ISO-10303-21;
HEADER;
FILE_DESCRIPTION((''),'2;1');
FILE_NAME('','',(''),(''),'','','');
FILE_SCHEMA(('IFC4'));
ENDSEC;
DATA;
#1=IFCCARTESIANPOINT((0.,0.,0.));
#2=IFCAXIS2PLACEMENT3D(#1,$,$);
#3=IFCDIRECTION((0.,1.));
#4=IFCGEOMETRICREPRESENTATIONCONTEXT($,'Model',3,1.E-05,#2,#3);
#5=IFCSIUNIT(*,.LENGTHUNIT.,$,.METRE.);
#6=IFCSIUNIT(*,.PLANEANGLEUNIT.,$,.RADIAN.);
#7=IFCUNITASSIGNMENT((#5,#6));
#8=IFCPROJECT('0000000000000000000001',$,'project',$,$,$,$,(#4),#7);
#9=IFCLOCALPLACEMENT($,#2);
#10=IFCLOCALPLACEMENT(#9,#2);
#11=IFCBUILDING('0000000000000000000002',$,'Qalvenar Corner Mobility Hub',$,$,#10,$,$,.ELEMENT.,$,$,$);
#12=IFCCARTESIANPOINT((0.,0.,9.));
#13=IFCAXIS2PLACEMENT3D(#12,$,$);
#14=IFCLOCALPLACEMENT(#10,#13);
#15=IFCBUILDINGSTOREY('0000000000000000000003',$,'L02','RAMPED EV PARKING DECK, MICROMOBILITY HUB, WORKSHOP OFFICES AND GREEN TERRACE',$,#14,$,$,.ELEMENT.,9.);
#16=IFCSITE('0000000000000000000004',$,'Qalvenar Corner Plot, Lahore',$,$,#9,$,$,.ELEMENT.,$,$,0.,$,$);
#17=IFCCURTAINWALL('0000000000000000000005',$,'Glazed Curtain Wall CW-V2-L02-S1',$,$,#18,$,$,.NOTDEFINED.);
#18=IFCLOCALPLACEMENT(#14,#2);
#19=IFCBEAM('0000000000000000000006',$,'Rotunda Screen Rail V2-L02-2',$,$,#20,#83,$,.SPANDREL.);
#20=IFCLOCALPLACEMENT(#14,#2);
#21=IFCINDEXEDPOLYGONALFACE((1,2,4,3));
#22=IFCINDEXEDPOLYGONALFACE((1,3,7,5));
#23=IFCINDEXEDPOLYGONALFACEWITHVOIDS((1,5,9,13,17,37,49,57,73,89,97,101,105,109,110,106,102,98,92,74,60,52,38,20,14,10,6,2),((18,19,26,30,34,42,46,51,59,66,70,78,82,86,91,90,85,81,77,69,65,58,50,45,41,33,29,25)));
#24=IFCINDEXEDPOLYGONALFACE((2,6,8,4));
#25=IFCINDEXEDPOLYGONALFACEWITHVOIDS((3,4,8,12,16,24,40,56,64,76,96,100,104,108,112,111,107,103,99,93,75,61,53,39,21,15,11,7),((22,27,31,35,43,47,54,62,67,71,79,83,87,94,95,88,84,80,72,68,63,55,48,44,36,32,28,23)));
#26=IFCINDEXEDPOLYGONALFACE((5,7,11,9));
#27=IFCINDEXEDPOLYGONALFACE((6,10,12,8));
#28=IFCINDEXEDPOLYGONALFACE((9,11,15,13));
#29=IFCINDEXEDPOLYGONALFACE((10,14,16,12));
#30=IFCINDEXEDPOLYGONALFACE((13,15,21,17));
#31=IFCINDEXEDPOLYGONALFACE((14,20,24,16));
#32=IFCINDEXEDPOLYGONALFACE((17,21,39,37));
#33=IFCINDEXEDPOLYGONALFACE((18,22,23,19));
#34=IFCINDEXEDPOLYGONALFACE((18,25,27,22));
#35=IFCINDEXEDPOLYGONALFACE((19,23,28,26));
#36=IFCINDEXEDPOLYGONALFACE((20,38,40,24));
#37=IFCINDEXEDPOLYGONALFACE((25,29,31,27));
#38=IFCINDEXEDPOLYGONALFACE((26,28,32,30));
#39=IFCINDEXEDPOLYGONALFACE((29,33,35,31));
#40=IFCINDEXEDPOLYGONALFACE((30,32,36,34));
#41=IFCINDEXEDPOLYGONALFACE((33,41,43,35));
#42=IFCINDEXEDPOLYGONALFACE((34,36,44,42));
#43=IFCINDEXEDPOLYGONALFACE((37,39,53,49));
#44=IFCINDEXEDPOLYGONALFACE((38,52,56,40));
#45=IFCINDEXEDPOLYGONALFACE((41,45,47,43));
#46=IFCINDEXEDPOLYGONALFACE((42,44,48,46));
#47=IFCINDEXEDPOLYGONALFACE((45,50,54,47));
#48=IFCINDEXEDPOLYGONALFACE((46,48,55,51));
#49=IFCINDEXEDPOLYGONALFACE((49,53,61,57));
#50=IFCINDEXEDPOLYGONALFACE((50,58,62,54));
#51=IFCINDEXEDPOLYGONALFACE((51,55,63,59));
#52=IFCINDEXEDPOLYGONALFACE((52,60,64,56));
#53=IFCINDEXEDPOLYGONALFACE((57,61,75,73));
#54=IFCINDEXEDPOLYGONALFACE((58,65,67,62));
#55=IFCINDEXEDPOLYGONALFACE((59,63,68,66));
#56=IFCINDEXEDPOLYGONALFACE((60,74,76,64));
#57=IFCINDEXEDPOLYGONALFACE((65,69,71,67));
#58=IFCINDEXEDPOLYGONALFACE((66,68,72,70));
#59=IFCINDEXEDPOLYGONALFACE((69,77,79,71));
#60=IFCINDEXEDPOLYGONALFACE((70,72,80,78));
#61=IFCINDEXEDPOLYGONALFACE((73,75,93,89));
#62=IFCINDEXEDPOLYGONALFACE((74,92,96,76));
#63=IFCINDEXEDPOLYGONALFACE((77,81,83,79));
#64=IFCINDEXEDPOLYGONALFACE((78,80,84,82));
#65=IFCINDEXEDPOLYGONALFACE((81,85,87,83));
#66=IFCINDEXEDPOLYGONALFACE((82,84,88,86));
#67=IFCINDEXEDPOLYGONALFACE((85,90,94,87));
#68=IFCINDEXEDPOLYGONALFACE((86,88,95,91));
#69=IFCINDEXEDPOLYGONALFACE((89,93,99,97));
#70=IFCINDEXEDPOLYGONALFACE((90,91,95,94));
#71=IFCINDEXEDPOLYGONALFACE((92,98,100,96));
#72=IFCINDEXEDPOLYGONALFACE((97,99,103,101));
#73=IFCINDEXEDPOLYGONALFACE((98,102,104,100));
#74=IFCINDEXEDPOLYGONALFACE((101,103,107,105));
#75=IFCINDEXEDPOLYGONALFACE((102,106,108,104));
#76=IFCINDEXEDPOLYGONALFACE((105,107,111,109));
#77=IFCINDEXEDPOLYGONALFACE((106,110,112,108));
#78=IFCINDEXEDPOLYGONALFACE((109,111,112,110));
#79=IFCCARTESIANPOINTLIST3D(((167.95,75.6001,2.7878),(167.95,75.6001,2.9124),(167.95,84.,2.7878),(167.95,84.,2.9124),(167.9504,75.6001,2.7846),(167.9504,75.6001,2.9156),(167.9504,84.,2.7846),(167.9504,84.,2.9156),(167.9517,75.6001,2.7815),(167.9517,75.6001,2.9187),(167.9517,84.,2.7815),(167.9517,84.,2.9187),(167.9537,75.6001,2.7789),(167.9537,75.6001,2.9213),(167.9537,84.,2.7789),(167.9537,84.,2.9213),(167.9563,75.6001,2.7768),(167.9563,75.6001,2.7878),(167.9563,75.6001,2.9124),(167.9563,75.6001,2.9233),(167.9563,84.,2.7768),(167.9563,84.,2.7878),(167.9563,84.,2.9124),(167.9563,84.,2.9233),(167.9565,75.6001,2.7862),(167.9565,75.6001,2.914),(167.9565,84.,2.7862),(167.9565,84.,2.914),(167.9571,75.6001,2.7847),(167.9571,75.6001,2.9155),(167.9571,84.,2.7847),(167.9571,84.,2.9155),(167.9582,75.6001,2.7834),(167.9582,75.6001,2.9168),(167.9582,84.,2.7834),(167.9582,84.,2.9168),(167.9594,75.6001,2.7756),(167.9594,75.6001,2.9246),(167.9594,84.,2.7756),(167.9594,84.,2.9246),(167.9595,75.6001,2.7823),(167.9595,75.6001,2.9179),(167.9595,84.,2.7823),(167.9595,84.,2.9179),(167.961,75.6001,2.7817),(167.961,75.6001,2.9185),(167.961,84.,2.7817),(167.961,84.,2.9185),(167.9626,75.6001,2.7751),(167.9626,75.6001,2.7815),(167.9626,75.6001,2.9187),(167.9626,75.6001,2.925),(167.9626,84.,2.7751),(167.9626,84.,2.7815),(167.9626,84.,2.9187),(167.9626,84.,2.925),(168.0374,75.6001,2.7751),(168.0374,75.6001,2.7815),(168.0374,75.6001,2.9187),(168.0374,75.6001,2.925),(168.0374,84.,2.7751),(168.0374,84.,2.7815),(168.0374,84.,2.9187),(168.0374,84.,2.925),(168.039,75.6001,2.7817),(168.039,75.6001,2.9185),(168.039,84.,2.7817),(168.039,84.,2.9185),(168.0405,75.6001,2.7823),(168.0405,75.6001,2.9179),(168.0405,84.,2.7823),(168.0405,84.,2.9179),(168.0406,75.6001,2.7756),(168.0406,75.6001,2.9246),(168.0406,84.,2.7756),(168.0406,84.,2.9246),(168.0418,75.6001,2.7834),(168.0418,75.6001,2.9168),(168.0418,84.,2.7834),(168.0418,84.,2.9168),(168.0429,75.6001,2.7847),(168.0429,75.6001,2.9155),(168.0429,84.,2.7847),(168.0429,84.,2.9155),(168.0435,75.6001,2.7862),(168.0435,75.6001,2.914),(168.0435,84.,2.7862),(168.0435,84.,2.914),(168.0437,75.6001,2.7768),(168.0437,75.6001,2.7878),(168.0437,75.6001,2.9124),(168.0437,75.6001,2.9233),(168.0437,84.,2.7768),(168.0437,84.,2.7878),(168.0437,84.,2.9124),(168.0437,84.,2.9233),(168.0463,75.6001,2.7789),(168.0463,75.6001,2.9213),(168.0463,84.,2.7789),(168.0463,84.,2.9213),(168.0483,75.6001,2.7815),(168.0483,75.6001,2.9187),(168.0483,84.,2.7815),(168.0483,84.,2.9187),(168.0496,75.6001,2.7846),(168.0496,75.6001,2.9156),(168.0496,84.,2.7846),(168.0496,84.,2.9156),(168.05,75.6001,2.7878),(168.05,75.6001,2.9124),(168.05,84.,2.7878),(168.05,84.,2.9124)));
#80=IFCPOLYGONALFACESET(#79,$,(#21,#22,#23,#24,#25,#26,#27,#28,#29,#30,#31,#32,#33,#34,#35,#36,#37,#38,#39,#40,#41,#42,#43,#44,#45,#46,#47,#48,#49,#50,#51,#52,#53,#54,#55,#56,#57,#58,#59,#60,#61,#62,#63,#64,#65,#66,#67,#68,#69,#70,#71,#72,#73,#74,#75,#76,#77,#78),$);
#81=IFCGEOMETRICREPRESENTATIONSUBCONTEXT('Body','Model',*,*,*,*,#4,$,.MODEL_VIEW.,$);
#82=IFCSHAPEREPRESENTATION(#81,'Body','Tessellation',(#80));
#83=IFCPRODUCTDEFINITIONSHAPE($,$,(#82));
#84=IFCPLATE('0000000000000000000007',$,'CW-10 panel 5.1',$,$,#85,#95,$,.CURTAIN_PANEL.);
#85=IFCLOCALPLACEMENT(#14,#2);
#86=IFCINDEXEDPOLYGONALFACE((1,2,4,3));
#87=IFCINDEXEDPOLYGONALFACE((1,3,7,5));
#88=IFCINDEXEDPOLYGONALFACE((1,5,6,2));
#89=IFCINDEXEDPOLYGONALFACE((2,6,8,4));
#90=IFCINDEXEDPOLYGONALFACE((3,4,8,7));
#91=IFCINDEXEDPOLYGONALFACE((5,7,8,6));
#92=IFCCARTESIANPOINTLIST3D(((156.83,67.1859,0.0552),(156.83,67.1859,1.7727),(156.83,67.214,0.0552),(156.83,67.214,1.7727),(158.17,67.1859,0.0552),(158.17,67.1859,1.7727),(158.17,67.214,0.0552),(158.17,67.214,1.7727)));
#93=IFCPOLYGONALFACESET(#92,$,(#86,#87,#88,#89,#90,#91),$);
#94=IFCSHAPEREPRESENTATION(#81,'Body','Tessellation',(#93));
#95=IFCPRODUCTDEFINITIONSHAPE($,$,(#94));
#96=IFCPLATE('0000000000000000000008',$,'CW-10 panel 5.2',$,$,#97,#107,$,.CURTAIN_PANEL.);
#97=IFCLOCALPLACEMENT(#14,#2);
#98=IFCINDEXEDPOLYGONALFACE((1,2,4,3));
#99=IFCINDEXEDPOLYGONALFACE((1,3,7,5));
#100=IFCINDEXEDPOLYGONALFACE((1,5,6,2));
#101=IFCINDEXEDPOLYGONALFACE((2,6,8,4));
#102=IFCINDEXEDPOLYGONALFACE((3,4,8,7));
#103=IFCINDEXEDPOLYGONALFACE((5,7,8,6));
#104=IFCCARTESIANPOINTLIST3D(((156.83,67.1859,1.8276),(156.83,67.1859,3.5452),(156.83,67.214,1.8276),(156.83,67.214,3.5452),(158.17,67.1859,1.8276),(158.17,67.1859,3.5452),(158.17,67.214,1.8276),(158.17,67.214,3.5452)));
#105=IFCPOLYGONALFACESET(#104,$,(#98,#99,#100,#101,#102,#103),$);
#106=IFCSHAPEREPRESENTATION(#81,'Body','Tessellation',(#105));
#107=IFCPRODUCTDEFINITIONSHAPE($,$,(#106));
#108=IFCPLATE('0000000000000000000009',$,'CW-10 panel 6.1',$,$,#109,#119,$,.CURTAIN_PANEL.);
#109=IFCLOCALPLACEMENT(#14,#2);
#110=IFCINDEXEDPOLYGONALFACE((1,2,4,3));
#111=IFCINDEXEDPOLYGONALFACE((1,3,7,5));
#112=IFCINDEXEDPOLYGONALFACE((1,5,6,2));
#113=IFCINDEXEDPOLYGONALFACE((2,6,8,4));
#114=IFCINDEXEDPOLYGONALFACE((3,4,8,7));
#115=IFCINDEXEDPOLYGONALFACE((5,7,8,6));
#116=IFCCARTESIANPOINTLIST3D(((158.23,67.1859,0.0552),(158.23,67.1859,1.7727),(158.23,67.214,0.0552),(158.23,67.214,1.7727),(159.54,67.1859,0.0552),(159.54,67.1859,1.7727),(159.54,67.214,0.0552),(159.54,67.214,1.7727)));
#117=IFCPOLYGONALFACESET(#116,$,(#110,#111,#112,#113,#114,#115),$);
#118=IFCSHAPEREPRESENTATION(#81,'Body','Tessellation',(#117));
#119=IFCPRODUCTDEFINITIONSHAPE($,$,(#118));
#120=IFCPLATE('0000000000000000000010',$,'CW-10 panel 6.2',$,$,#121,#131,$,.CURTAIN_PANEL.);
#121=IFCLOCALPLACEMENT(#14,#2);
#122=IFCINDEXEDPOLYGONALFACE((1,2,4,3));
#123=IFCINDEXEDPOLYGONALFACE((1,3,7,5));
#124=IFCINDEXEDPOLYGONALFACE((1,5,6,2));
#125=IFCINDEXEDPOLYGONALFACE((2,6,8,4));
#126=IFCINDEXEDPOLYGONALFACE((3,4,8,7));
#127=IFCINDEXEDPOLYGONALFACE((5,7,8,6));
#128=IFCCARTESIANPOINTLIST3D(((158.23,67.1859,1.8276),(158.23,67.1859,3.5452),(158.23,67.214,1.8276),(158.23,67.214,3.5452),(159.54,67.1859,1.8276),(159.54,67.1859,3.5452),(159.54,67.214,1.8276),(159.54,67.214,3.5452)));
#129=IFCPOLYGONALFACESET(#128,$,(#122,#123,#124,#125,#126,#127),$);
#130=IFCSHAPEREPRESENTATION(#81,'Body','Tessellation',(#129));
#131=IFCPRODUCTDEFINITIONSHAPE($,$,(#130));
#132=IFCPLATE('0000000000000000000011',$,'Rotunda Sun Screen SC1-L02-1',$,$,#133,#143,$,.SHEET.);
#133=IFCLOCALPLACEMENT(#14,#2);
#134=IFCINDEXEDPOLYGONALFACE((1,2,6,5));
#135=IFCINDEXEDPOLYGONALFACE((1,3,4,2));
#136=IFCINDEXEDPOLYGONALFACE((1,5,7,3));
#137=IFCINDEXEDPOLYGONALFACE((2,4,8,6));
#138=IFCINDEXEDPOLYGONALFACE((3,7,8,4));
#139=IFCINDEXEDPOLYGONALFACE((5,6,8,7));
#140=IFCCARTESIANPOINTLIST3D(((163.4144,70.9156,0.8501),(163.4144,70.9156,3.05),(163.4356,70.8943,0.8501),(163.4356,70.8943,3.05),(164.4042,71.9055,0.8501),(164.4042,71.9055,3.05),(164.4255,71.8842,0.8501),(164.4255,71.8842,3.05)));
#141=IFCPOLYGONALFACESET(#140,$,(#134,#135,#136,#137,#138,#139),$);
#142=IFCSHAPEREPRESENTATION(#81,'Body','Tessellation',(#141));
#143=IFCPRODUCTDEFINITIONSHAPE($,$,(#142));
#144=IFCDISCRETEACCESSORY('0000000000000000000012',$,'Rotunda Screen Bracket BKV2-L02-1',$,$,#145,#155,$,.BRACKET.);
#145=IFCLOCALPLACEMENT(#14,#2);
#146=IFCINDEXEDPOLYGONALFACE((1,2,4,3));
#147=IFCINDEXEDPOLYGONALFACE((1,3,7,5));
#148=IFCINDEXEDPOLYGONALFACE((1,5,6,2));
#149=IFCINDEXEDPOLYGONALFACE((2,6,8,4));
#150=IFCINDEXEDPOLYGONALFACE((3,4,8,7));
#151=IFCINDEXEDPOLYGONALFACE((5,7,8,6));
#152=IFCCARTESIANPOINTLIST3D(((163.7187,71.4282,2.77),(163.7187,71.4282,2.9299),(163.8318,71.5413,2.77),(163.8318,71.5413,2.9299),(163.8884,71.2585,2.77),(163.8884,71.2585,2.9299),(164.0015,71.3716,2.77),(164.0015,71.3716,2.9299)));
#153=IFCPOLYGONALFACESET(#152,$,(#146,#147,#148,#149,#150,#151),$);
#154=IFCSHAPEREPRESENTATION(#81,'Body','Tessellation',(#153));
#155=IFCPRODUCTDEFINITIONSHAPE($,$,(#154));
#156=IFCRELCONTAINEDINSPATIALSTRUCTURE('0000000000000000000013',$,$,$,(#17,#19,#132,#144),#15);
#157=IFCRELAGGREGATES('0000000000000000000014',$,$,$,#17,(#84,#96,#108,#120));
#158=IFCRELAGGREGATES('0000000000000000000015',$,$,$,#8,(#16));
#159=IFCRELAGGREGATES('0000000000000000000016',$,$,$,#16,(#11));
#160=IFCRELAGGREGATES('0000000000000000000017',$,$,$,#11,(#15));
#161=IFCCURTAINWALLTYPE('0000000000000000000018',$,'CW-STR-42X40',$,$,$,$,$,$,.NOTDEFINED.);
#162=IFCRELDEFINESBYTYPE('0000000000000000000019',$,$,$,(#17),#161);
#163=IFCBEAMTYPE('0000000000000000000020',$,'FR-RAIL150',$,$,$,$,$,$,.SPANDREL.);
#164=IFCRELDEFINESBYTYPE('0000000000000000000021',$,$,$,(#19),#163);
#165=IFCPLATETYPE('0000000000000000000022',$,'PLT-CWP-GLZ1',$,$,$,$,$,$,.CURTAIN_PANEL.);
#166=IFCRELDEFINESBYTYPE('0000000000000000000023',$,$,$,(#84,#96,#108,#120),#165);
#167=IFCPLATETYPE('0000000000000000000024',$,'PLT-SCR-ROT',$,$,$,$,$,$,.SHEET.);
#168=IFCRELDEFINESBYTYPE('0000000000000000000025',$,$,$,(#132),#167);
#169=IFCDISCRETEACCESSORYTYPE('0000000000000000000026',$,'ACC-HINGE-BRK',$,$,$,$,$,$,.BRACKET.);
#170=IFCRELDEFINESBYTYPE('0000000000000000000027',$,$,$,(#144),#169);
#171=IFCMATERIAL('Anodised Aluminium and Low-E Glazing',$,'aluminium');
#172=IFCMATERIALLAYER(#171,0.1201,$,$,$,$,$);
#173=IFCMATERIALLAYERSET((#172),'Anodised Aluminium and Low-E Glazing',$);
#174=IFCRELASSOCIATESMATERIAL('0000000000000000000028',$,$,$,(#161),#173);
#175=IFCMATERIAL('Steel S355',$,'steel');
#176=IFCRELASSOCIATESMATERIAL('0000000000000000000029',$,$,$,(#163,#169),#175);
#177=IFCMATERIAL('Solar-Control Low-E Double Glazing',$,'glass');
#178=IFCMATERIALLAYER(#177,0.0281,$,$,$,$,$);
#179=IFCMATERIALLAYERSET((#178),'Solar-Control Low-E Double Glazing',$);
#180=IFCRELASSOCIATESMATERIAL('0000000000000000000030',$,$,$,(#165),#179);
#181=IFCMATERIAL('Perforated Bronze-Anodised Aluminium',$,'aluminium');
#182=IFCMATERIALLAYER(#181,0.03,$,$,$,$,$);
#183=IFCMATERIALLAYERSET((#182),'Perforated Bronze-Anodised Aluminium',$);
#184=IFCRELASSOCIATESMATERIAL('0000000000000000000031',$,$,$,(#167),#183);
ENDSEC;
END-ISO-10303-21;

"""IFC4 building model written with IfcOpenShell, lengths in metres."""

from ifc_helpers import new_model, si_unit, direction, frame, origin, origin_2d, place, context, subcontext, project, spatial, rectangle, hollow_rectangle, extrude, material, layer, layer_set, material_profile, profile_set, type_object, element, aggregate, save


model = new_model("IFC4")

# Units and contexts
model_context = context("Model", 3, precision=1e-05, world=origin(), true_north=direction((0.0, 1.0)))
body_context = subcontext(model_context, "Body", "Model", "MODEL_VIEW")
ifc_project = project(units=[si_unit("LENGTHUNIT", "METRE"), si_unit("PLANEANGLEUNIT", "RADIAN")], contexts=[model_context])

# Site, building, storey
site_placement = place(None, origin())
site = spatial("IfcSite", under=ifc_project, at=site_placement, Name="Qalvenar Corner Plot, Lahore", CompositionType="ELEMENT", RefElevation=0.0)
building_placement = place(site_placement, origin())
building = spatial("IfcBuilding", under=site, at=building_placement, Name="Qalvenar Corner Mobility Hub", CompositionType="ELEMENT")
storey_placement = place(building_placement, frame((0.0, 0.0, 9.0)))
storey = spatial("IfcBuildingStorey", under=building, at=storey_placement, Name="L02", Description="RAMPED EV PARKING DECK, MICROMOBILITY HUB, WORKSHOP OFFICES AND GREEN TERRACE", CompositionType="ELEMENT", Elevation=9.0)

# Shared definitions
ifc_material_1 = material(Name="Steel S355", Category="steel")

# Curtain wall
ifc_material_2 = material(Name="Anodised Aluminium and Low-E Glazing", Category="aluminium")
ifc_layer_1 = layer(ifc_material_2, 0.1201)
ifc_layer_set_1 = layer_set([ifc_layer_1], Name="Anodised Aluminium and Low-E Glazing")
curtain_wall_type = type_object("IfcCurtainWallType", Name="CW-STR-42X40", PredefinedType="NOTDEFINED", material=ifc_layer_set_1)
curtain_wall_placement = place(storey_placement, origin())
curtain_wall = element("IfcCurtainWall", 1, at=curtain_wall_placement, inside=storey, type_object=curtain_wall_type, Name="Glazed Curtain Wall CW-V2-L02-S1", PredefinedType="NOTDEFINED")

# Beam
ifc_material_profile_1 = material_profile(ifc_material_1, hollow_rectangle(XDim=0.1001, YDim=0.1499, WallThickness=0.0063, InnerFilletRadius=0.0063, OuterFilletRadius=0.0127, at=origin_2d()), Name="RHS150x100x6.3")
ifc_profile_set_1 = profile_set([ifc_material_profile_1], Name="Steel S355")
beam_type_1 = type_object("IfcBeamType", Name="FR-RAIL150", PredefinedType="SPANDREL", material=ifc_profile_set_1)
beam_1_placement = place(storey_placement, frame((168.0, 75.6001, 2.8501), z_axis=(0.0, 1.0, 0.0), x_axis=(-1.0, 0.0, 0.0)))
element("IfcBeam", 2, at=beam_1_placement, inside=storey, type_object=beam_type_1, Name="Rotunda Screen Rail V2-L02-2", PredefinedType="SPANDREL", context=body_context, shape_type="SweptSolid", body=[
    extrude(hollow_rectangle(XDim=0.1001, YDim=0.1499, WallThickness=0.0063, InnerFilletRadius=0.0063, OuterFilletRadius=0.0127, at=origin_2d()), origin(), (0.0, 0.0, 1.0), 8.3999),
])

# Plates
ifc_material_3 = material(Name="Solar-Control Low-E Double Glazing", Category="glass")
ifc_layer_2 = layer(ifc_material_3, 0.0281)
ifc_layer_set_2 = layer_set([ifc_layer_2], Name="Solar-Control Low-E Double Glazing")
plate_type_1 = type_object("IfcPlateType", Name="PLT-CWP-GLZ1", PredefinedType="CURTAIN_PANEL", material=ifc_layer_set_2)
plate_1_placement = place(storey_placement, frame((157.5, 67.2, 0.0552), z_axis=(0.0, 0.0, 1.0), x_axis=(1.0, 0.0, 0.0)))
plate_1 = element("IfcPlate", 3, at=plate_1_placement, type_object=plate_type_1, Name="CW-10 panel 5.1", PredefinedType="CURTAIN_PANEL", context=body_context, shape_type="SweptSolid", body=[
    extrude(rectangle(XDim=1.3401, YDim=0.0281, at=origin_2d()), origin(), (0.0, 0.0, 1.0), 1.7175),
])
plate_2_placement = place(storey_placement, frame((157.5, 67.2, 1.8276), z_axis=(0.0, 0.0, 1.0), x_axis=(1.0, 0.0, 0.0)))
plate_2 = element("IfcPlate", 4, at=plate_2_placement, type_object=plate_type_1, Name="CW-10 panel 5.2", PredefinedType="CURTAIN_PANEL", context=body_context, shape_type="SweptSolid", body=[
    extrude(rectangle(XDim=1.3401, YDim=0.0281, at=origin_2d()), origin(), (0.0, 0.0, 1.0), 1.7175),
])
plate_3_placement = place(storey_placement, frame((158.885, 67.2, 0.0552), z_axis=(0.0, 0.0, 1.0), x_axis=(1.0, 0.0, 0.0)))
plate_3 = element("IfcPlate", 5, at=plate_3_placement, type_object=plate_type_1, Name="CW-10 panel 6.1", PredefinedType="CURTAIN_PANEL", context=body_context, shape_type="SweptSolid", body=[
    extrude(rectangle(XDim=1.3101, YDim=0.0281, at=origin_2d()), origin(), (0.0, 0.0, 1.0), 1.7175),
])
plate_4_placement = place(storey_placement, frame((158.885, 67.2, 1.8276), z_axis=(0.0, 0.0, 1.0), x_axis=(1.0, 0.0, 0.0)))
plate_4 = element("IfcPlate", 6, at=plate_4_placement, type_object=plate_type_1, Name="CW-10 panel 6.2", PredefinedType="CURTAIN_PANEL", context=body_context, shape_type="SweptSolid", body=[
    extrude(rectangle(XDim=1.3101, YDim=0.0281, at=origin_2d()), origin(), (0.0, 0.0, 1.0), 1.7175),
])
aggregate(curtain_wall, [plate_1, plate_2, plate_3, plate_4])
ifc_material_4 = material(Name="Perforated Bronze-Anodised Aluminium", Category="aluminium")
ifc_layer_3 = layer(ifc_material_4, 0.03)
ifc_layer_set_3 = layer_set([ifc_layer_3], Name="Perforated Bronze-Anodised Aluminium")
plate_type_2 = type_object("IfcPlateType", Name="PLT-SCR-ROT", PredefinedType="SHEET", material=ifc_layer_set_3)
plate_5_placement = place(storey_placement, frame((163.9199, 71.3999, 0.8501), z_axis=(0.0, 0.0, 1.0), x_axis=(0.707107, 0.707107, 0.0)))
element("IfcPlate", 7, at=plate_5_placement, inside=storey, type_object=plate_type_2, Name="Rotunda Sun Screen SC1-L02-1", PredefinedType="SHEET", context=body_context, shape_type="SweptSolid", body=[
    extrude(rectangle(XDim=1.3999, YDim=0.03, at=origin_2d()), origin(), (0.0, 0.0, 1.0), 2.2),
])

# Discrete accessory
discrete_accessory_type = type_object("IfcDiscreteAccessoryType", Name="ACC-HINGE-BRK", PredefinedType="BRACKET", material=ifc_material_1)
discrete_accessory_placement = place(storey_placement, frame((163.8601, 71.3999, 2.77), z_axis=(0.0, 0.0, 1.0), x_axis=(0.707107, 0.707107, 0.0)))
element("IfcDiscreteAccessory", 8, at=discrete_accessory_placement, inside=storey, type_object=discrete_accessory_type, Name="Rotunda Screen Bracket BKV2-L02-1", PredefinedType="BRACKET", context=body_context, shape_type="SweptSolid", body=[
    extrude(rectangle(XDim=0.1599, YDim=0.24, at=origin_2d()), origin(), (0.0, 0.0, 1.0), 0.1599),
])

save(model, "model.ifc")
